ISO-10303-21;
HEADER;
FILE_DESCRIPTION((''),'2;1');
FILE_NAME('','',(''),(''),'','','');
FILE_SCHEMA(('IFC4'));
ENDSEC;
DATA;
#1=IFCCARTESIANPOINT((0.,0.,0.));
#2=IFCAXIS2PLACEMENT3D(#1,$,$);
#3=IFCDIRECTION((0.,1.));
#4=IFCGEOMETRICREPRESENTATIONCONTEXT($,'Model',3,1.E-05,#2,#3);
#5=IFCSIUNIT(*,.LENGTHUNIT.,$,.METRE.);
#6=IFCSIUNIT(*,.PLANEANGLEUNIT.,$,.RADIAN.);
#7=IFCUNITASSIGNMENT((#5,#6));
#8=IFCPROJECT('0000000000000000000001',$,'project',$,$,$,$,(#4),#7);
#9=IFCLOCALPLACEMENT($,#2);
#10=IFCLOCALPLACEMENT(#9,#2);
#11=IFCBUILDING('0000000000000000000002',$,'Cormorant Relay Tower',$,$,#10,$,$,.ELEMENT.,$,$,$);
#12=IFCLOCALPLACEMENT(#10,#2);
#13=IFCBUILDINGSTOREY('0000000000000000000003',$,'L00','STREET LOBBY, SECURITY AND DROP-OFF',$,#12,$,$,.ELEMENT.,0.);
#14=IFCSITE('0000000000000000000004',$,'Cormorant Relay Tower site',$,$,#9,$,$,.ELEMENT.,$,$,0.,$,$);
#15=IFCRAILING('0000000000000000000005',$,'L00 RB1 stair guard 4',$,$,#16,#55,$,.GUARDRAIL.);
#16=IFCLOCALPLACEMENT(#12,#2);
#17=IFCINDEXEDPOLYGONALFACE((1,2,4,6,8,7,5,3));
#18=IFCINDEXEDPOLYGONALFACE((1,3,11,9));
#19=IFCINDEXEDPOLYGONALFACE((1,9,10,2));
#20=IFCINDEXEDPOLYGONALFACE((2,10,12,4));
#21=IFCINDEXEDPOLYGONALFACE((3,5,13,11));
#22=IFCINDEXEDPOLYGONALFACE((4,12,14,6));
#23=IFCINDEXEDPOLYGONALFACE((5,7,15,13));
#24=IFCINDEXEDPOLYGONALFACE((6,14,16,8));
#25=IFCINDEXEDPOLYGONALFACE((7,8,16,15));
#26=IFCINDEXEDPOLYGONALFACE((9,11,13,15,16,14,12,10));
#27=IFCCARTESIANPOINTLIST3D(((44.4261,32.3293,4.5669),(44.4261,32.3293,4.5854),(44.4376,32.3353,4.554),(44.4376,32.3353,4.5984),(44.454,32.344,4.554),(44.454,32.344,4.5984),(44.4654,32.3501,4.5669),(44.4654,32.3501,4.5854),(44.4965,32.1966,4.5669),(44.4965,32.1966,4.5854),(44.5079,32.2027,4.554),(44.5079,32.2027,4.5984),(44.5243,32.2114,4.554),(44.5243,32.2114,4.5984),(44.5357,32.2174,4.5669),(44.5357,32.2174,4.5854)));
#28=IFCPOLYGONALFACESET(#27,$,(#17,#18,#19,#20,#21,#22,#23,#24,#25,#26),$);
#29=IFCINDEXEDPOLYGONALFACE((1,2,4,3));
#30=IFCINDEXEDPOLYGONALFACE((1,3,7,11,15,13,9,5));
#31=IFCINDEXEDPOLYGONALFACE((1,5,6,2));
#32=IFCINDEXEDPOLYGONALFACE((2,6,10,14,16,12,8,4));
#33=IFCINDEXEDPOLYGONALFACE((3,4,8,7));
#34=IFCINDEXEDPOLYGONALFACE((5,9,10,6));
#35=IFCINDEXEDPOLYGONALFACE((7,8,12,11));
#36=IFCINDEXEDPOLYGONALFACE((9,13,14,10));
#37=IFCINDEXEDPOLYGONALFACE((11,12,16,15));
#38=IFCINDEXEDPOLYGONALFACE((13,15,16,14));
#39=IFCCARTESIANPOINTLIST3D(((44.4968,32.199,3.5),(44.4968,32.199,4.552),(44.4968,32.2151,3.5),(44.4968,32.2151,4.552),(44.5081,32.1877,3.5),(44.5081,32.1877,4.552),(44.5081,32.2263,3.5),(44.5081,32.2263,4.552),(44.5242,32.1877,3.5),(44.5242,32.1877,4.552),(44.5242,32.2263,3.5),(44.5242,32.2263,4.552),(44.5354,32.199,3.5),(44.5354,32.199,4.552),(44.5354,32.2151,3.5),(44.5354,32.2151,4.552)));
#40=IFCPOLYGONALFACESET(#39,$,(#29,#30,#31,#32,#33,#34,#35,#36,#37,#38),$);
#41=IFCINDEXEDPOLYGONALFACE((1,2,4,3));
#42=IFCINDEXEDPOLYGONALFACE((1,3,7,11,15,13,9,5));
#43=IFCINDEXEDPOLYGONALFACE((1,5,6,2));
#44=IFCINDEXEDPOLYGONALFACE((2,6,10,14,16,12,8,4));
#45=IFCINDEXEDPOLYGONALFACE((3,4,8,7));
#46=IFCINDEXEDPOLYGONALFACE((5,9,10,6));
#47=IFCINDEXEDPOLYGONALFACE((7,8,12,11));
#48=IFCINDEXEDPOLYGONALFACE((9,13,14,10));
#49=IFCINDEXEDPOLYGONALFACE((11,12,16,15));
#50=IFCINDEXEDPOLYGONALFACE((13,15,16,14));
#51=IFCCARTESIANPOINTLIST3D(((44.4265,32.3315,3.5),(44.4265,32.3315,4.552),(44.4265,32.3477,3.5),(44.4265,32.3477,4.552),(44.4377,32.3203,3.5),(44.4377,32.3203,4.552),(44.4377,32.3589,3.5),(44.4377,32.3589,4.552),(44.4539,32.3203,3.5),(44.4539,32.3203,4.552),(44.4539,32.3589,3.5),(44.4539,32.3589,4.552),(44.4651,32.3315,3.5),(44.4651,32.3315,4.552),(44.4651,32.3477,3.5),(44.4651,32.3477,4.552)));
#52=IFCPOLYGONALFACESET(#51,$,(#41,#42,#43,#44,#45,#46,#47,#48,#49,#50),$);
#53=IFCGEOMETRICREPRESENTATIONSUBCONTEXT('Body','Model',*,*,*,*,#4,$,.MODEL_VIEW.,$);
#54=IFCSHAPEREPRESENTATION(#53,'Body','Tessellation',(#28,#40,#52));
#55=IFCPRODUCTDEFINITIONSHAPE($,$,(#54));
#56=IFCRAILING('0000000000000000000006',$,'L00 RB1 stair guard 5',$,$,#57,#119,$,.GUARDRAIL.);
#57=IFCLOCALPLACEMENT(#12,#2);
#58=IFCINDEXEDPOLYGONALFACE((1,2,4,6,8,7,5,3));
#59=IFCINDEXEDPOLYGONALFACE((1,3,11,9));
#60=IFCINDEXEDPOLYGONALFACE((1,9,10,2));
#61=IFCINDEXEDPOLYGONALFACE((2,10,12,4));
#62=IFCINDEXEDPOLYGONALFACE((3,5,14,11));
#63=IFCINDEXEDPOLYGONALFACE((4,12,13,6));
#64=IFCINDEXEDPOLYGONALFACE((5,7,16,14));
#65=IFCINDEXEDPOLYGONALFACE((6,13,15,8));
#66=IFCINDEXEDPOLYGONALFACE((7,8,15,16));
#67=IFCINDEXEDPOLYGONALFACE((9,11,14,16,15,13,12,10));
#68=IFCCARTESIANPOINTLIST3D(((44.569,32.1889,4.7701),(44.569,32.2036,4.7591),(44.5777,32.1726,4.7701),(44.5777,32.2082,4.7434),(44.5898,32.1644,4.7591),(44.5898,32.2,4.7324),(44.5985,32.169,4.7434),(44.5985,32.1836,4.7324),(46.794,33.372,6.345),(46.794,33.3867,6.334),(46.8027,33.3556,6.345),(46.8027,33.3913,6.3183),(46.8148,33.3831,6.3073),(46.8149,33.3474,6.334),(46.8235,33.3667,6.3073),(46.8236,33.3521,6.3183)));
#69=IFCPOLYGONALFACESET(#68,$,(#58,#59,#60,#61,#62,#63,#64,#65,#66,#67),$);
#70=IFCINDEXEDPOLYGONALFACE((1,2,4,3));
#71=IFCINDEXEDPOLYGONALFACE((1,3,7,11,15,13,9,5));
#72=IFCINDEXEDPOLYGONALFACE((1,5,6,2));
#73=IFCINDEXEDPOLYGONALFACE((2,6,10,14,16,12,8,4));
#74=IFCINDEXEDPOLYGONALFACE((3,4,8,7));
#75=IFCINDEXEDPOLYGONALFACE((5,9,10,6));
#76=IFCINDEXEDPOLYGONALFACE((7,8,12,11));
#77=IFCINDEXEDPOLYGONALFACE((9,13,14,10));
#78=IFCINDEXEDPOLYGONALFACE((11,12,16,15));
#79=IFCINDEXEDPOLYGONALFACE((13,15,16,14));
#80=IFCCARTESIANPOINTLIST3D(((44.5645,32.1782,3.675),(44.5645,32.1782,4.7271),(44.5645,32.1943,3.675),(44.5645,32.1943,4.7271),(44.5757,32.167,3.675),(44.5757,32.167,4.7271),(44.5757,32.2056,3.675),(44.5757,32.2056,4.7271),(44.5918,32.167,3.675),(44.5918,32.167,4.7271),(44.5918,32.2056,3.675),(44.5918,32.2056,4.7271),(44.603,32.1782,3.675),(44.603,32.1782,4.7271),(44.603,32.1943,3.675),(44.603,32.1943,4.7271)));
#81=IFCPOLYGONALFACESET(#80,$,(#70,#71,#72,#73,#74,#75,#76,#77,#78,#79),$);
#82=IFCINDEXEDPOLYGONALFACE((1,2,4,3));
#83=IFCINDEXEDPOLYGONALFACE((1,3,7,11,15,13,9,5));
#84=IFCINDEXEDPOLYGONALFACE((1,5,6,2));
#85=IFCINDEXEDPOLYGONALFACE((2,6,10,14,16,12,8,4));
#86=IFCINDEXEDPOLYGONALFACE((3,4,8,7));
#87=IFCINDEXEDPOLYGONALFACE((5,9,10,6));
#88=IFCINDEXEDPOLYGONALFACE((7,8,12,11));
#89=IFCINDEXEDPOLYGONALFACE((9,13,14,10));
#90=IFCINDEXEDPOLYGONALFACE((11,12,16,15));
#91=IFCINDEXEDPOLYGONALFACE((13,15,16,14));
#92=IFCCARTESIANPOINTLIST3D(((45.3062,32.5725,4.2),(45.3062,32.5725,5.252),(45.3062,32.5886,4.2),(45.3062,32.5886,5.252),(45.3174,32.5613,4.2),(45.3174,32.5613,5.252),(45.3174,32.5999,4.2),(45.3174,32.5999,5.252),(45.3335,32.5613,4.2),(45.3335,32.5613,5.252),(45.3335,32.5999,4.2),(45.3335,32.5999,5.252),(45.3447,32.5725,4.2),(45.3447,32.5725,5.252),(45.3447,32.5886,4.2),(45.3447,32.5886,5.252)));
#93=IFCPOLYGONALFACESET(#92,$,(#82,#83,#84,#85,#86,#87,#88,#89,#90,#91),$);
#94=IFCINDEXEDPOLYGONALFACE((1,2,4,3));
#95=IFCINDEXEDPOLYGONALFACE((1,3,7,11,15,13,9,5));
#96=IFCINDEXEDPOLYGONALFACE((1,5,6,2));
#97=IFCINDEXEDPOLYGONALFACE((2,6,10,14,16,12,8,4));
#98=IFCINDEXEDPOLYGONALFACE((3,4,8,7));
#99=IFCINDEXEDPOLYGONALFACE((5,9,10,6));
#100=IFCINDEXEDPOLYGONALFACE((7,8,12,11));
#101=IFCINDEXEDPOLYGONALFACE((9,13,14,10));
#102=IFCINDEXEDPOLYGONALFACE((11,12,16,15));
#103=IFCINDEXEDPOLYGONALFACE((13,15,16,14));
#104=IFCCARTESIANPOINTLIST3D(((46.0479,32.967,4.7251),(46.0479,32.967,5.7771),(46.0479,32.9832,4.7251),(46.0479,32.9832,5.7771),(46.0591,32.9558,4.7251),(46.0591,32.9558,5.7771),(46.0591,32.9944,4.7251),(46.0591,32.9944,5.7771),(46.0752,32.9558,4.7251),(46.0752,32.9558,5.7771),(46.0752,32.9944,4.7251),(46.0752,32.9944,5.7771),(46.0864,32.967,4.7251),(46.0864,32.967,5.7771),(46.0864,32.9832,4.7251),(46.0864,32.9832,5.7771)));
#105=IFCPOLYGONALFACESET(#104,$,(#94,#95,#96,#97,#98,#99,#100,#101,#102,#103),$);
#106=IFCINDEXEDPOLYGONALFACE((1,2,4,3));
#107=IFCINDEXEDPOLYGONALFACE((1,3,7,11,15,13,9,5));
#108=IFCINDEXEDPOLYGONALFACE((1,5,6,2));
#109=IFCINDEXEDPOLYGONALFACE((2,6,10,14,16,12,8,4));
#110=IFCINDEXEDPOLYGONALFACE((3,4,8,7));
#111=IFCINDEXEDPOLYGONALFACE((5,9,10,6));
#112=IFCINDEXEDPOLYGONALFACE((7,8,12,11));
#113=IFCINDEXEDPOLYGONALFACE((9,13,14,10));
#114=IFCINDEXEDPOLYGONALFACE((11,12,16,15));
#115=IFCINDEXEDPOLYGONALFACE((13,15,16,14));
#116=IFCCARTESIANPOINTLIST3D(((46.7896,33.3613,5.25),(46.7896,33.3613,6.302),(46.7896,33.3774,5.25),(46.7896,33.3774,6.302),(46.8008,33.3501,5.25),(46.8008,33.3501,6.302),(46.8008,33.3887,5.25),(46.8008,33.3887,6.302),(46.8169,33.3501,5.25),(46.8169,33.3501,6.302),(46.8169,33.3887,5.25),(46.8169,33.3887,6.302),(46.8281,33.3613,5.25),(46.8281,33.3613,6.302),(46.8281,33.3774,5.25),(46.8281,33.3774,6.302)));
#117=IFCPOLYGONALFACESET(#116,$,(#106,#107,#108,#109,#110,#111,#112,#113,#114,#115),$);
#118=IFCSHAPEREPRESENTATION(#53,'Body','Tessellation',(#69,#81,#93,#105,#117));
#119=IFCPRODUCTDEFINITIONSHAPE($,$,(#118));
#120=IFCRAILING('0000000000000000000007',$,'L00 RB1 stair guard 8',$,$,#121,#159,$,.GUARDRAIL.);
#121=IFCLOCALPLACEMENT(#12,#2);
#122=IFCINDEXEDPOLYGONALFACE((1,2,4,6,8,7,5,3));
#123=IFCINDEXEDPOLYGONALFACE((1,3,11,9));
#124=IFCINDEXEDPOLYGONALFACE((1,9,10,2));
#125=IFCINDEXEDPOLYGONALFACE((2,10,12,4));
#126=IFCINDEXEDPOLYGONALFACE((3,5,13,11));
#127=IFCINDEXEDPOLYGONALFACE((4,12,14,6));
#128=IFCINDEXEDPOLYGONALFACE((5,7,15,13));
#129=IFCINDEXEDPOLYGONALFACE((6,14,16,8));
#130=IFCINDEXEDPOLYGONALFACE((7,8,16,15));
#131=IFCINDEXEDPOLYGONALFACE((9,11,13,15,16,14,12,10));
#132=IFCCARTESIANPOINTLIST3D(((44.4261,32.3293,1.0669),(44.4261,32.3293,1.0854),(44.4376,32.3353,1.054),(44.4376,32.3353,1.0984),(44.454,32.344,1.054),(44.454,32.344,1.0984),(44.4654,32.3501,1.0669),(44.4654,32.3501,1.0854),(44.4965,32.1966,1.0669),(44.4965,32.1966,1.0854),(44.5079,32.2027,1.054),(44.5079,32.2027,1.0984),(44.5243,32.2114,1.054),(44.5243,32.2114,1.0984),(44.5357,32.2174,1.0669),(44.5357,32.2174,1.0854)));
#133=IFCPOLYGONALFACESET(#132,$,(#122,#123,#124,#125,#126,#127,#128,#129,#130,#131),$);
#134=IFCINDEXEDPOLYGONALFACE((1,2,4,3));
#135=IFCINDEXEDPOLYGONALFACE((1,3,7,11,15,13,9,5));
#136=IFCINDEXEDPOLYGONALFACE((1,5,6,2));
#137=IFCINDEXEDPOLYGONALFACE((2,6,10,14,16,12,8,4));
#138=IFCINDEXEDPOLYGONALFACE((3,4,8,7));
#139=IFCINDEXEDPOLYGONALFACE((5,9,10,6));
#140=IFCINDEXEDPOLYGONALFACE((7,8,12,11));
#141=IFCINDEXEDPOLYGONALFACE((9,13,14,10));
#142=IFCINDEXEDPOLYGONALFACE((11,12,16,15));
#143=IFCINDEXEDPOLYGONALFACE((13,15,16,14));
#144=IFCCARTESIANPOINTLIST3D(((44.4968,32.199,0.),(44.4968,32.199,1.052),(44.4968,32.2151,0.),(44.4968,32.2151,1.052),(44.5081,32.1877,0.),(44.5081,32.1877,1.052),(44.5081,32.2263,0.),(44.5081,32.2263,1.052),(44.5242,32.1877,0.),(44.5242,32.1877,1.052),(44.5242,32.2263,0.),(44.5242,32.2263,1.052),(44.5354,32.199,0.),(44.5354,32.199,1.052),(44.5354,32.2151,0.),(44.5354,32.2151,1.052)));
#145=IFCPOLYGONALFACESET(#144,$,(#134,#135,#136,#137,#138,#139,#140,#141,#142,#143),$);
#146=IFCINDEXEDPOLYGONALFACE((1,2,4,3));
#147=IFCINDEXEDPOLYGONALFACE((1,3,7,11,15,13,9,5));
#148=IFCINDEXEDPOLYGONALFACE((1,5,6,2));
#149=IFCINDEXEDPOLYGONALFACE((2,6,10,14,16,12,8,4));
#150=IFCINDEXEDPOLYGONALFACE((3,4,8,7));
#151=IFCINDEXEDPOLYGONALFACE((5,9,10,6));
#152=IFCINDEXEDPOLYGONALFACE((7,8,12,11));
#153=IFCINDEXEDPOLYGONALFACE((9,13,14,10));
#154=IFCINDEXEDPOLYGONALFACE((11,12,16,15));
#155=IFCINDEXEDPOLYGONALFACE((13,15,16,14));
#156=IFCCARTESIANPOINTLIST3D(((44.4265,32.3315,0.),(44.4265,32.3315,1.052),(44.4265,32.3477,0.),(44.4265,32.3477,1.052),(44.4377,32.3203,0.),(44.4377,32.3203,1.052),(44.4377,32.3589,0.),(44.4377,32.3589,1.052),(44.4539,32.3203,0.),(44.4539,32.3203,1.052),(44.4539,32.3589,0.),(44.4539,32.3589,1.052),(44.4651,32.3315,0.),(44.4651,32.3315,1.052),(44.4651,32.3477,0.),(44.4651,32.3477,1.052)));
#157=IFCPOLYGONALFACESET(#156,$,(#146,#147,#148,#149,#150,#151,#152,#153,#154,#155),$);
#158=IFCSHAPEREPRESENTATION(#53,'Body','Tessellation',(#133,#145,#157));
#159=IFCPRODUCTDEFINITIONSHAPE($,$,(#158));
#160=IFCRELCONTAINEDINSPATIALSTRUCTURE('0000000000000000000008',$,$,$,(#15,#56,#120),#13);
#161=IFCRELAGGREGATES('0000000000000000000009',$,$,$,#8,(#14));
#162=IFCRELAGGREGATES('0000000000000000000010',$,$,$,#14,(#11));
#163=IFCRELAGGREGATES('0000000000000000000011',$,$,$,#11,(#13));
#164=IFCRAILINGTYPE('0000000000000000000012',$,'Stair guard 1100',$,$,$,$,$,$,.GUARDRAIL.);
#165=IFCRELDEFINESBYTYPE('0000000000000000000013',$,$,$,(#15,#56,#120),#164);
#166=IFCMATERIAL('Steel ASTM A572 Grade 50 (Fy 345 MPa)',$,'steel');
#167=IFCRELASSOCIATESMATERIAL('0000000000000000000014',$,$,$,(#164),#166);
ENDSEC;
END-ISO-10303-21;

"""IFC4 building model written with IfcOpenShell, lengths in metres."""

from ifc_helpers import new_model, si_unit, direction, frame, origin, place, context, subcontext, project, spatial, polyline, outline, extrude, material, type_object, element, save


model = new_model("IFC4")

# Units and contexts
model_context = context("Model", 3, precision=1e-05, world=origin(), true_north=direction((0.0, 1.0)))
body_context = subcontext(model_context, "Body", "Model", "MODEL_VIEW")
ifc_project = project(units=[si_unit("LENGTHUNIT", "METRE"), si_unit("PLANEANGLEUNIT", "RADIAN")], contexts=[model_context])

# Site, building, storey
site_placement = place(None, origin())
site = spatial("IfcSite", under=ifc_project, at=site_placement, Name="Cormorant Relay Tower site", CompositionType="ELEMENT", RefElevation=0.0)
building_placement = place(site_placement, origin())
building = spatial("IfcBuilding", under=site, at=building_placement, Name="Cormorant Relay Tower", CompositionType="ELEMENT")
storey_placement = place(building_placement, origin())
storey = spatial("IfcBuildingStorey", under=building, at=storey_placement, Name="L00", Description="STREET LOBBY, SECURITY AND DROP-OFF", CompositionType="ELEMENT", Elevation=0.0)

# Railings
ifc_material_1 = material(Name="Steel ASTM A572 Grade 50 (Fy 345 MPa)", Category="steel")
railing_type_1 = type_object("IfcRailingType", Name="Stair guard 1100", PredefinedType="GUARDRAIL", material=ifc_material_1)
railing_1_placement = place(storey_placement, frame((44.5161, 32.207, 3.5)))
element("IfcRailing", 1, at=railing_1_placement, inside=storey, type_object=railing_type_1, Name="L00 RB1 stair guard 4", PredefinedType="GUARDRAIL", context=body_context, shape_type="SweptSolid", body=[
    extrude(outline(polyline([(0.0222, 0.0093), (0.0093, 0.0222), (-0.0093, 0.0222), (-0.0222, 0.0093), (-0.0222, -0.0093), (-0.0093, -0.0222), (0.0093, -0.0222), (0.0222, -0.0093), (0.0222, 0.0093)])), frame((0.0, 0.0, 1.0762), z_axis=(-0.46856, 0.883431, 0.0), x_axis=(-0.883431, -0.46856, 0.0)), (0.0, 0.0, 1.0), 0.1501),
    extrude(outline(polyline([(0.0193, 0.0081), (0.0081, 0.0193), (-0.0081, 0.0193), (-0.0193, 0.0081), (-0.0193, -0.0081), (-0.0081, -0.0193), (0.0081, -0.0193), (0.0193, -0.0081), (0.0193, 0.0081)])), origin(), (0.0, 0.0, 1.0), 1.052),
    extrude(outline(polyline([(0.0193, 0.0081), (0.0081, 0.0193), (-0.0081, 0.0193), (-0.0193, 0.0081), (-0.0193, -0.0081), (-0.0081, -0.0193), (0.0081, -0.0193), (0.0193, -0.0081), (0.0193, 0.0081)])), frame((-0.0703, 0.1326, 0.0)), (0.0, 0.0, 1.0), 1.052),
])
railing_2_placement = place(storey_placement, frame((44.5837, 32.1863, 3.675)))
element("IfcRailing", 2, at=railing_2_placement, inside=storey, type_object=railing_type_1, Name="L00 RB1 stair guard 5", PredefinedType="GUARDRAIL", context=body_context, shape_type="SweptSolid", body=[
    extrude(outline(polyline([(0.0222, 0.0093), (0.0093, 0.0222), (-0.0093, 0.0222), (-0.0222, 0.0093), (-0.0222, -0.0093), (-0.0093, -0.0222), (0.0093, -0.0222), (0.0222, -0.0093), (0.0222, 0.0093)])), frame((0.0, 0.0, 1.0762), z_axis=(0.748751, 0.398118, 0.529975), x_axis=(-0.469472, 0.882948, 0.0)), (0.0, 0.0, 1.0), 2.9717),
    extrude(outline(polyline([(0.0193, 0.0081), (0.0081, 0.0193), (-0.0081, 0.0193), (-0.0193, 0.0081), (-0.0193, -0.0081), (-0.0081, -0.0193), (0.0081, -0.0193), (0.0193, -0.0081), (0.0193, 0.0081)])), origin(), (0.0, 0.0, 1.0), 1.052),
    extrude(outline(polyline([(0.0193, 0.0081), (0.0081, 0.0193), (-0.0081, 0.0193), (-0.0193, 0.0081), (-0.0193, -0.0081), (-0.0081, -0.0193), (0.0081, -0.0193), (0.0193, -0.0081), (0.0193, 0.0081)])), frame((0.7417, 0.3943, 0.5249)), (0.0, 0.0, 1.0), 1.052),
    extrude(outline(polyline([(0.0193, 0.0081), (0.0081, 0.0193), (-0.0081, 0.0193), (-0.0193, 0.0081), (-0.0193, -0.0081), (-0.0081, -0.0193), (0.0081, -0.0193), (0.0193, -0.0081), (0.0193, 0.0081)])), frame((1.4834, 0.7888, 1.05)), (0.0, 0.0, 1.0), 1.052),
    extrude(outline(polyline([(0.0193, 0.0081), (0.0081, 0.0193), (-0.0081, 0.0193), (-0.0193, 0.0081), (-0.0193, -0.0081), (-0.0081, -0.0193), (0.0081, -0.0193), (0.0193, -0.0081), (0.0193, 0.0081)])), frame((2.2251, 1.1831, 1.575)), (0.0, 0.0, 1.0), 1.052),
])
railing_3_placement = place(storey_placement, frame((44.5161, 32.207, 0.0)))
element("IfcRailing", 3, at=railing_3_placement, inside=storey, type_object=railing_type_1, Name="L00 RB1 stair guard 8", PredefinedType="GUARDRAIL", context=body_context, shape_type="SweptSolid", body=[
    extrude(outline(polyline([(0.0222, 0.0093), (0.0093, 0.0222), (-0.0093, 0.0222), (-0.0222, 0.0093), (-0.0222, -0.0093), (-0.0093, -0.0222), (0.0093, -0.0222), (0.0222, -0.0093), (0.0222, 0.0093)])), frame((0.0, 0.0, 1.0762), z_axis=(-0.46856, 0.883431, 0.0), x_axis=(-0.883431, -0.46856, 0.0)), (0.0, 0.0, 1.0), 0.1501),
    extrude(outline(polyline([(0.0193, 0.0081), (0.0081, 0.0193), (-0.0081, 0.0193), (-0.0193, 0.0081), (-0.0193, -0.0081), (-0.0081, -0.0193), (0.0081, -0.0193), (0.0193, -0.0081), (0.0193, 0.0081)])), origin(), (0.0, 0.0, 1.0), 1.052),
    extrude(outline(polyline([(0.0193, 0.0081), (0.0081, 0.0193), (-0.0081, 0.0193), (-0.0193, 0.0081), (-0.0193, -0.0081), (-0.0081, -0.0193), (0.0081, -0.0193), (0.0193, -0.0081), (0.0193, 0.0081)])), frame((-0.0703, 0.1326, 0.0)), (0.0, 0.0, 1.0), 1.052),
])

save(model, "model.ifc")
